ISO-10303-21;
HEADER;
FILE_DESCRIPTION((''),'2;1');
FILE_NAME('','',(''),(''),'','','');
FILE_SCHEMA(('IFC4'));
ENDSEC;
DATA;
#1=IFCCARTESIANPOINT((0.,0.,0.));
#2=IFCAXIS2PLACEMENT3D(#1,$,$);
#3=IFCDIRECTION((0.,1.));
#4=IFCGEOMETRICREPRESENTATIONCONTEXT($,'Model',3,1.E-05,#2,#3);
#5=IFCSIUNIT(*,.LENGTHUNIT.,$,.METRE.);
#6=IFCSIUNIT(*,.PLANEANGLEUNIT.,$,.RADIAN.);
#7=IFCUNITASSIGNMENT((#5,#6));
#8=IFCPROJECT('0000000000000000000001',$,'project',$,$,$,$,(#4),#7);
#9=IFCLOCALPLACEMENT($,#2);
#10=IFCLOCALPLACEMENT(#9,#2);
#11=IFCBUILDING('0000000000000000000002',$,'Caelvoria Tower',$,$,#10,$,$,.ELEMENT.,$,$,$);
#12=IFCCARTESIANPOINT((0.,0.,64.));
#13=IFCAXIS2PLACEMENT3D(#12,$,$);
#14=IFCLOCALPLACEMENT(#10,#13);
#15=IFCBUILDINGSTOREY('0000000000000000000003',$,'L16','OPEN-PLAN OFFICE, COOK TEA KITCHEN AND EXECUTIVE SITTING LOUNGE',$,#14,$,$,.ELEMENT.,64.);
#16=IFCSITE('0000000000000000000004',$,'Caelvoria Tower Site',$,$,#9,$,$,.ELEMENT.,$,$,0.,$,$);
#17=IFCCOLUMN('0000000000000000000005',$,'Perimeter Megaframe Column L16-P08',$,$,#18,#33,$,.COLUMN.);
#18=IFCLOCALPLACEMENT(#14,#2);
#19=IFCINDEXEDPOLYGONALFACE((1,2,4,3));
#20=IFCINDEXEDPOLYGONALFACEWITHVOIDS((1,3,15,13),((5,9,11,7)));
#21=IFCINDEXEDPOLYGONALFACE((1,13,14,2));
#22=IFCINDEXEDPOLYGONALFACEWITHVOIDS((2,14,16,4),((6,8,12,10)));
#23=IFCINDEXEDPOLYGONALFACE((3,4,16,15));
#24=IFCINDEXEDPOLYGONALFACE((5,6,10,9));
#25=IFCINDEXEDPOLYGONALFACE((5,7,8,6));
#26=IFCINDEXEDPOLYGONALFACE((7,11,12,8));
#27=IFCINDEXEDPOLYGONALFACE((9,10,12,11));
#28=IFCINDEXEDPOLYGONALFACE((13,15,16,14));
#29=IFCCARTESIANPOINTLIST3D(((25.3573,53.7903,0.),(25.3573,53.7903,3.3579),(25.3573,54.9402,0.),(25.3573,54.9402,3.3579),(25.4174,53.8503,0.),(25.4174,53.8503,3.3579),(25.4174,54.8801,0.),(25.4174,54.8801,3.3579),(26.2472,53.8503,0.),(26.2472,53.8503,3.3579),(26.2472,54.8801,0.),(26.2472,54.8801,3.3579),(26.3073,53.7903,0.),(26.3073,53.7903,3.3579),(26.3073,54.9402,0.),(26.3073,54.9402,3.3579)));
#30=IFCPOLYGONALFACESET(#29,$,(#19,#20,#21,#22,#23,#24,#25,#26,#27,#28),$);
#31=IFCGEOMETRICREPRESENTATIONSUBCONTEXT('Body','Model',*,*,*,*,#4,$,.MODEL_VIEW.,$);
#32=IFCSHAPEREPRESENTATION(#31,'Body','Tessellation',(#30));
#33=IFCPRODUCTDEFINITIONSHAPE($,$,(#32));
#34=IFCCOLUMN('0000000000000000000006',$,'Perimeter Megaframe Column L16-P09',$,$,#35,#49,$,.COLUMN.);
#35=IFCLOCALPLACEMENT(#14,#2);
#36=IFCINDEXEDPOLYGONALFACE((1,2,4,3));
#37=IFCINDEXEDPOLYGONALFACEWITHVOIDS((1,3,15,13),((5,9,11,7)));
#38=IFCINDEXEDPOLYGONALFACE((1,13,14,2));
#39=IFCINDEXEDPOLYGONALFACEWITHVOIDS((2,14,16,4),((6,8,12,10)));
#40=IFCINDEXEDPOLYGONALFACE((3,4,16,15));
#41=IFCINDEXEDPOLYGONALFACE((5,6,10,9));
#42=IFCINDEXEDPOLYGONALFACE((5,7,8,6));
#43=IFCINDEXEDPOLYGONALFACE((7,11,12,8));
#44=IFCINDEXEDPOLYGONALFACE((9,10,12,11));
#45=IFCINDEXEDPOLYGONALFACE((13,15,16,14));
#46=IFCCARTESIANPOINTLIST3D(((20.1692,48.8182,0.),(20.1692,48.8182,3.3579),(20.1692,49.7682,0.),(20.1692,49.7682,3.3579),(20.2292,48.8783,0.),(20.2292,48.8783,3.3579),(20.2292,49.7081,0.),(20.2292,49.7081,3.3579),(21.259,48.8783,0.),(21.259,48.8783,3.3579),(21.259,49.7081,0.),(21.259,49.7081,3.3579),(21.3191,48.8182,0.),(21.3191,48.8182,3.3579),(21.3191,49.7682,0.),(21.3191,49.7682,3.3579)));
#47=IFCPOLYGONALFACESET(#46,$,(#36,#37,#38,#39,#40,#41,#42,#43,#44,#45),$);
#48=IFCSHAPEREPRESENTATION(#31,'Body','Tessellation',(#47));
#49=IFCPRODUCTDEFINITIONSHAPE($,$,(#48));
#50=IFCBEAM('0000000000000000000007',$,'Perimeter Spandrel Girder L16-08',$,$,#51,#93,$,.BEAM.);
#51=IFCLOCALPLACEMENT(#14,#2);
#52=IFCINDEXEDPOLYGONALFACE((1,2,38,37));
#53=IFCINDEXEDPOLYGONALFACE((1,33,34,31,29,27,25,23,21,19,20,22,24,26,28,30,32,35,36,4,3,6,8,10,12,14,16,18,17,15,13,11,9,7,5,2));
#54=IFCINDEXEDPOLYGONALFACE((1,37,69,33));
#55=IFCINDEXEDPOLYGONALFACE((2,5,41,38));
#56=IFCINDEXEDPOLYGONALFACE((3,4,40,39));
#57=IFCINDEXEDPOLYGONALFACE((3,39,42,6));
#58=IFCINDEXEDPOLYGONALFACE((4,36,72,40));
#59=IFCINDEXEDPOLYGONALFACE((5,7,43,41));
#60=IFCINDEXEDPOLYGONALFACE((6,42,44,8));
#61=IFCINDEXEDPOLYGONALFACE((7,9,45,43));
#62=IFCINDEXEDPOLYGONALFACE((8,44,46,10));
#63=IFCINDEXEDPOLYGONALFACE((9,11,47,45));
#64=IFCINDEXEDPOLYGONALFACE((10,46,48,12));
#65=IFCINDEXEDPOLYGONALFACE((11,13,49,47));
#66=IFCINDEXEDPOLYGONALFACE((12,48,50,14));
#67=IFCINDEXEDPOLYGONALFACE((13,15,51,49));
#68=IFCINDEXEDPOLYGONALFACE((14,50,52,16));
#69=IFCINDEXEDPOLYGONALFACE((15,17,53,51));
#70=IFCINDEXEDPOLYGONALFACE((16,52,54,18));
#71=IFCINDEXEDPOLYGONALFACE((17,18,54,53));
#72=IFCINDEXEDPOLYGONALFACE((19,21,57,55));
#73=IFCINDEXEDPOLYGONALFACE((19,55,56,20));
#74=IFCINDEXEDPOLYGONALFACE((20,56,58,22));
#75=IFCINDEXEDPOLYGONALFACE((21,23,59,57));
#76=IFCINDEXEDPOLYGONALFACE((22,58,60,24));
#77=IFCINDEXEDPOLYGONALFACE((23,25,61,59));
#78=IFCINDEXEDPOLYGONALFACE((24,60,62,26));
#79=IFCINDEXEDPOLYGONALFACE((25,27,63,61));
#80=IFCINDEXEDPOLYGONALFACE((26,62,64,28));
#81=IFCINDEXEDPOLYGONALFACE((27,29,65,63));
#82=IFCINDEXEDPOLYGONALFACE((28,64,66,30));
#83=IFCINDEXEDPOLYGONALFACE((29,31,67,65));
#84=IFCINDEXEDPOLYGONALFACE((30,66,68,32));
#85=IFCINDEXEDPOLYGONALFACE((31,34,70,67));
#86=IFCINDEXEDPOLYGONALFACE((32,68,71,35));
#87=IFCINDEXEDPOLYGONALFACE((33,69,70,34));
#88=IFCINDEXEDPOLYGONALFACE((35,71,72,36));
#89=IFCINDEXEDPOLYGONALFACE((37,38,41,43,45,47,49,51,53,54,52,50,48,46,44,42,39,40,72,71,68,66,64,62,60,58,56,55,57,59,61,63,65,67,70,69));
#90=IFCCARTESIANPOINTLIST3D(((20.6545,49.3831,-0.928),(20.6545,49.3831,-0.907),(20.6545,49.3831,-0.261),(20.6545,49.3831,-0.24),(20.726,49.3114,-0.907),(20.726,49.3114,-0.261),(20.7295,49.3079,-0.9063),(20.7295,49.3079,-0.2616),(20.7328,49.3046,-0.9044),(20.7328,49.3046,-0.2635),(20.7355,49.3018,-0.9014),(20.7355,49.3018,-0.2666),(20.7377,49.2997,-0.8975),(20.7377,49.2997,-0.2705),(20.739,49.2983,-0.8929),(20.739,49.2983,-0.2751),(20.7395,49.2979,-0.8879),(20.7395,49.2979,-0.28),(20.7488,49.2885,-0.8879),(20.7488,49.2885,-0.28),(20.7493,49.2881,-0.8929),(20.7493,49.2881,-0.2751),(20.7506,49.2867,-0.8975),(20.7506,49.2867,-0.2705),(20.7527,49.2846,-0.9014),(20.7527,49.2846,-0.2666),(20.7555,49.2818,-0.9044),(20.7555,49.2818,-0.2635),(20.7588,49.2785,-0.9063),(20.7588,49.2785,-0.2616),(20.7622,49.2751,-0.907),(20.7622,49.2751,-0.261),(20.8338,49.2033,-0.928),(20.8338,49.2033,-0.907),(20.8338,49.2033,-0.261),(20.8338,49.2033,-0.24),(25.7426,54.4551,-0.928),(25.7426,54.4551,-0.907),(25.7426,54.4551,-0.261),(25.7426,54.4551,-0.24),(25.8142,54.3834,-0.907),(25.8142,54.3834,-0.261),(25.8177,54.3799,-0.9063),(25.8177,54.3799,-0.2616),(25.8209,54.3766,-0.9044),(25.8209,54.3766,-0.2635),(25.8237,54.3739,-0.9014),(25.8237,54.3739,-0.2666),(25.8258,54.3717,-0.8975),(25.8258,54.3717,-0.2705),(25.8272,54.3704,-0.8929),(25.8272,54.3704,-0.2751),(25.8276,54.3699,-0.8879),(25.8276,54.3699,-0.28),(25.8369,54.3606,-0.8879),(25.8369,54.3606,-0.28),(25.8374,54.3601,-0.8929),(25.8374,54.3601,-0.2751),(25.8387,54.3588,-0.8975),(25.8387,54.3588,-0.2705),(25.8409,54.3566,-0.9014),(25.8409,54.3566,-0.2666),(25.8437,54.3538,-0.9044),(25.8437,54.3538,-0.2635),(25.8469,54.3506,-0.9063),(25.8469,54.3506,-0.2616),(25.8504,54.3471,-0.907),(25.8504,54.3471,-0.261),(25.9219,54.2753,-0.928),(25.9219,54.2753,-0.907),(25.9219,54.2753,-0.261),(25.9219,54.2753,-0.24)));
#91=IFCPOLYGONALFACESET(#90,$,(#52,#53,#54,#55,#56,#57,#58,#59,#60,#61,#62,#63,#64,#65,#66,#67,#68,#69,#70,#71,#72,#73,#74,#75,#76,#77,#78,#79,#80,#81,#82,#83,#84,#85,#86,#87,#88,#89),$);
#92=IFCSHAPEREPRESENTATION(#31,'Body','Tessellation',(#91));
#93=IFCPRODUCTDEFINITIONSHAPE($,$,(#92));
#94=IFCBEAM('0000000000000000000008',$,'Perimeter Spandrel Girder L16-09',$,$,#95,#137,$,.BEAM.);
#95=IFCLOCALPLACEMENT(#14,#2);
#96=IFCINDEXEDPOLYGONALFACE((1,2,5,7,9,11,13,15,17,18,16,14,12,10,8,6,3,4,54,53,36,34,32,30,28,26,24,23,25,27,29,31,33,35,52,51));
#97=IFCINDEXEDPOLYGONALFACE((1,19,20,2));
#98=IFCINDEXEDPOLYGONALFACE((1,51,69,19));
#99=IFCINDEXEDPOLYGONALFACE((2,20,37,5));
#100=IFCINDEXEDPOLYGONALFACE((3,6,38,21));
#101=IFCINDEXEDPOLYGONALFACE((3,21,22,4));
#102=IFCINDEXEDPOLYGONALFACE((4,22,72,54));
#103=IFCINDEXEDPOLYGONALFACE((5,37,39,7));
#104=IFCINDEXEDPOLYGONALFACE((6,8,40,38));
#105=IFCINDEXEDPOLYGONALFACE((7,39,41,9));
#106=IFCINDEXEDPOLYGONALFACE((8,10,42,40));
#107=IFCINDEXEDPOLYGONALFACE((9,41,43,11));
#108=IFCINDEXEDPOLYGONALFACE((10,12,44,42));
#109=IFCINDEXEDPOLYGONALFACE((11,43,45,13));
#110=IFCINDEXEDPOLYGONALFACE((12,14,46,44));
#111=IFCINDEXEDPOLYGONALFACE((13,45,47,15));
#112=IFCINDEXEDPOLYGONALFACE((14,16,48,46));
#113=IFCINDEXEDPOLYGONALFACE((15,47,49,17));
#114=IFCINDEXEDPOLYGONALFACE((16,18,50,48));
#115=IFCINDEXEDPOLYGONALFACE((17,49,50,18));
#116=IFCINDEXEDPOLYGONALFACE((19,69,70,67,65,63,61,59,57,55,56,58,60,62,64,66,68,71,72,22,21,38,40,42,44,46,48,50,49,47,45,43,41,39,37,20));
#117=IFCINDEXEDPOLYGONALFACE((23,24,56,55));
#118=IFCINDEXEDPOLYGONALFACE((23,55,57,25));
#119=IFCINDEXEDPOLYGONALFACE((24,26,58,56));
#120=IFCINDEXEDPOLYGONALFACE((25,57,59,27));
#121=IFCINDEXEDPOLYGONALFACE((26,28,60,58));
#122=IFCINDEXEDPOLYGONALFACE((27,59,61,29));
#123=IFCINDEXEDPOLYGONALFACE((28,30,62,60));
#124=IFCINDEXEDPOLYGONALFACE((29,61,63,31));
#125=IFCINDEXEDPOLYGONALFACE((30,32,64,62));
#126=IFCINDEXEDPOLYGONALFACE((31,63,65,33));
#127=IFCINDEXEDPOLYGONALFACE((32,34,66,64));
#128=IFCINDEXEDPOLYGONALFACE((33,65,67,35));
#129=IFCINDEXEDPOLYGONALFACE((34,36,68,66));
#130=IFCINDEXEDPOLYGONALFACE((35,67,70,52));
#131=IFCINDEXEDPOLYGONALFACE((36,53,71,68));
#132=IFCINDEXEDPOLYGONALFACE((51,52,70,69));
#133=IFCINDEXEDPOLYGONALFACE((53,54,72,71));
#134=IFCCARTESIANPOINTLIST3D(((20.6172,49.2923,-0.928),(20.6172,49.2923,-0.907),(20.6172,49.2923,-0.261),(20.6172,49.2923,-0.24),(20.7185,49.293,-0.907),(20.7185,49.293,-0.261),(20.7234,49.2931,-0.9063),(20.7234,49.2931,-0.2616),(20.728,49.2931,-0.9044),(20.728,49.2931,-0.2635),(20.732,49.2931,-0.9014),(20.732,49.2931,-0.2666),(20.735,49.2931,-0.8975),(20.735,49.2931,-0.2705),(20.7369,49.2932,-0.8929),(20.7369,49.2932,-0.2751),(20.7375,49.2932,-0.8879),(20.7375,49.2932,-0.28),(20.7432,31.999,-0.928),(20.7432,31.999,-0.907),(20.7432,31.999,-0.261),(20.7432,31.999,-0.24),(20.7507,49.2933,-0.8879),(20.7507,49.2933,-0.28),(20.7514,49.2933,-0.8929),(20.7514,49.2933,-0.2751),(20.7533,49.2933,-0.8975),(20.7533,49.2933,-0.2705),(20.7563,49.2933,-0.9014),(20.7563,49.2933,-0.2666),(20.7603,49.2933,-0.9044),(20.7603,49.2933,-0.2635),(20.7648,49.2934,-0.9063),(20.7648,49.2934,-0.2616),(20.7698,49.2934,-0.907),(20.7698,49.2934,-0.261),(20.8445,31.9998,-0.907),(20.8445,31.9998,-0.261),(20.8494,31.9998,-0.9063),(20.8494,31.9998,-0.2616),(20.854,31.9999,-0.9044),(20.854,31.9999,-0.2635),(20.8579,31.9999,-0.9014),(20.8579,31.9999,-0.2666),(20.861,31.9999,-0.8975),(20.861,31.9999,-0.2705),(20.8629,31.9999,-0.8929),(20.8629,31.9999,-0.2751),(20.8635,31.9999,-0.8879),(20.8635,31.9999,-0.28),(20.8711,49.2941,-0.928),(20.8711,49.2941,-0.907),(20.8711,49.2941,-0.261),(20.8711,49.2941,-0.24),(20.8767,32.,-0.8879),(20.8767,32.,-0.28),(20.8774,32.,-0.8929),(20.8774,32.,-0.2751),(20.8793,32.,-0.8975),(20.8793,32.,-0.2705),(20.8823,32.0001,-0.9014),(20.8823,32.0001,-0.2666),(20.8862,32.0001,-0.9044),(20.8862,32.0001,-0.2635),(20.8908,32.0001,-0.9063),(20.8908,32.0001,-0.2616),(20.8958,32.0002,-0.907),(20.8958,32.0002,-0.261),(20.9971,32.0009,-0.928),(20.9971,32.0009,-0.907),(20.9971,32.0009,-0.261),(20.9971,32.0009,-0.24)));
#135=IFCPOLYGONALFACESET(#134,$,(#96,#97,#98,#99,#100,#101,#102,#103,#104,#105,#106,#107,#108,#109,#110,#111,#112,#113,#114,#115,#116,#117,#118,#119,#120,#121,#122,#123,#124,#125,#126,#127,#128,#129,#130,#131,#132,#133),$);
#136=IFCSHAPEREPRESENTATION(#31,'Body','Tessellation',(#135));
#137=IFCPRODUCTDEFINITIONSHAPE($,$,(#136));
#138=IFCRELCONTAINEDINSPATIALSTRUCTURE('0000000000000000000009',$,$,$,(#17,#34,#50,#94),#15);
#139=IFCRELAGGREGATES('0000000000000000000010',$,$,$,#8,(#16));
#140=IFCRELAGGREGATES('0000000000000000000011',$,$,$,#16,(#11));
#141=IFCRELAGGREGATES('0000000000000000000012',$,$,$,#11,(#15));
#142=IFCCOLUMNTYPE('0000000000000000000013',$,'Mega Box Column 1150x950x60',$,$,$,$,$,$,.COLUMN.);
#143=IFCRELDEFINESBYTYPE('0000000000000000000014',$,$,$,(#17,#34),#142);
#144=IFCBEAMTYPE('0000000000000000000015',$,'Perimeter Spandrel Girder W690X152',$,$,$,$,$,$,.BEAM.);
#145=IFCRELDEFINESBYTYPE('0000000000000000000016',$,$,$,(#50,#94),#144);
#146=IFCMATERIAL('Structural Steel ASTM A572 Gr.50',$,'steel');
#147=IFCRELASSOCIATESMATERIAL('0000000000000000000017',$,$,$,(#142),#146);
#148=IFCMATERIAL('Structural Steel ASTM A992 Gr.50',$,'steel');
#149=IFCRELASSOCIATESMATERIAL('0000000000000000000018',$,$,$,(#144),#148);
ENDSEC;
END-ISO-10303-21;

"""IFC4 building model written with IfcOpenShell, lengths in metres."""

from ifc_helpers import new_model, si_unit, direction, frame, origin, origin_2d, place, context, subcontext, project, spatial, hollow_rectangle, i_section, extrude, material, material_profile, profile_set, type_object, element, save


model = new_model("IFC4")

# Units and contexts
model_context = context("Model", 3, precision=1e-05, world=origin(), true_north=direction((0.0, 1.0)))
body_context = subcontext(model_context, "Body", "Model", "MODEL_VIEW")
ifc_project = project(units=[si_unit("LENGTHUNIT", "METRE"), si_unit("PLANEANGLEUNIT", "RADIAN")], contexts=[model_context])

# Site, building, storey
site_placement = place(None, origin())
site = spatial("IfcSite", under=ifc_project, at=site_placement, Name="Caelvoria Tower Site", CompositionType="ELEMENT", RefElevation=0.0)
building_placement = place(site_placement, origin())
building = spatial("IfcBuilding", under=site, at=building_placement, Name="Caelvoria Tower", CompositionType="ELEMENT")
storey_placement = place(building_placement, frame((0.0, 0.0, 64.0)))
storey = spatial("IfcBuildingStorey", under=building, at=storey_placement, Name="L16", Description="OPEN-PLAN OFFICE, COOK TEA KITCHEN AND EXECUTIVE SITTING LOUNGE", CompositionType="ELEMENT", Elevation=64.0)

# Columns
ifc_material_1 = material(Name="Structural Steel ASTM A572 Gr.50", Category="steel")
ifc_material_profile_1 = material_profile(ifc_material_1, hollow_rectangle(XDim=0.95, YDim=1.1499, WallThickness=0.0601, at=origin_2d()), Name="Structural Steel ASTM A572 Gr.50")
ifc_profile_set_1 = profile_set([ifc_material_profile_1], Name="BOX1150X950X60 - Structural Steel ASTM A572 Gr.50")
column_type = type_object("IfcColumnType", Name="Mega Box Column 1150x950x60", PredefinedType="COLUMN", material=ifc_profile_set_1)
for number, where, z_axis, x_axis, name in (
    (1, (25.8323, 54.3652, 0.0), (0.0, 0.0, 1.0), (1.0, 0.0, 0.0), "Perimeter Megaframe Column L16-P08"),
    (2, (20.7441, 49.2932, 0.0), (0.0, 0.0, 1.0), (0.0, 1.0, 0.0), "Perimeter Megaframe Column L16-P09"),
):
    element("IfcColumn", number, at=place(storey_placement, frame(where, z_axis=z_axis, x_axis=x_axis)), inside=storey, type_object=column_type, Name=name, PredefinedType="COLUMN", context=body_context, shape_type="SweptSolid", body=[
        extrude(hollow_rectangle(XDim=0.95, YDim=1.1499, WallThickness=0.0601, at=origin_2d()), origin(), (0.0, 0.0, 1.0), 3.3579),
    ])

# Beams
ifc_material_2 = material(Name="Structural Steel ASTM A992 Gr.50", Category="steel")
ifc_material_profile_2 = material_profile(ifc_material_2, i_section(OverallWidth=0.2539, OverallDepth=0.688, WebThickness=0.0132, FlangeThickness=0.021, FilletRadius=0.019, at=origin_2d()), Name="Structural Steel ASTM A992 Gr.50")
ifc_profile_set_2 = profile_set([ifc_material_profile_2], Name="W690X152 - Structural Steel ASTM A992 Gr.50")
beam_type = type_object("IfcBeamType", Name="Perimeter Spandrel Girder W690X152", PredefinedType="BEAM", material=ifc_profile_set_2)
beam_1_placement = place(storey_placement, frame((25.8323, 54.3652, -0.584), z_axis=(-0.708227, -0.705984, 0.0), x_axis=(0.705984, -0.708227, 0.0)))
element("IfcBeam", 3, at=beam_1_placement, inside=storey, type_object=beam_type, Name="Perimeter Spandrel Girder L16-08", PredefinedType="BEAM", context=body_context, shape_type="SweptSolid", body=[
    extrude(i_section(OverallWidth=0.2539, OverallDepth=0.688, WebThickness=0.0132, FlangeThickness=0.021, FilletRadius=0.019, at=origin_2d()), origin(), (0.0, 0.0, 1.0), 7.1843),
])
beam_2_placement = place(storey_placement, frame((20.7441, 49.2932, -0.584), z_axis=(0.007285, -0.999973, 0.0), x_axis=(0.999973, 0.007285, 0.0)))
element("IfcBeam", 4, at=beam_2_placement, inside=storey, type_object=beam_type, Name="Perimeter Spandrel Girder L16-09", PredefinedType="BEAM", context=body_context, shape_type="SweptSolid", body=[
    extrude(i_section(OverallWidth=0.2539, OverallDepth=0.688, WebThickness=0.0132, FlangeThickness=0.021, FilletRadius=0.019, at=origin_2d()), origin(), (0.0, 0.0, 1.0), 17.2937),
])

save(model, "model.ifc")
